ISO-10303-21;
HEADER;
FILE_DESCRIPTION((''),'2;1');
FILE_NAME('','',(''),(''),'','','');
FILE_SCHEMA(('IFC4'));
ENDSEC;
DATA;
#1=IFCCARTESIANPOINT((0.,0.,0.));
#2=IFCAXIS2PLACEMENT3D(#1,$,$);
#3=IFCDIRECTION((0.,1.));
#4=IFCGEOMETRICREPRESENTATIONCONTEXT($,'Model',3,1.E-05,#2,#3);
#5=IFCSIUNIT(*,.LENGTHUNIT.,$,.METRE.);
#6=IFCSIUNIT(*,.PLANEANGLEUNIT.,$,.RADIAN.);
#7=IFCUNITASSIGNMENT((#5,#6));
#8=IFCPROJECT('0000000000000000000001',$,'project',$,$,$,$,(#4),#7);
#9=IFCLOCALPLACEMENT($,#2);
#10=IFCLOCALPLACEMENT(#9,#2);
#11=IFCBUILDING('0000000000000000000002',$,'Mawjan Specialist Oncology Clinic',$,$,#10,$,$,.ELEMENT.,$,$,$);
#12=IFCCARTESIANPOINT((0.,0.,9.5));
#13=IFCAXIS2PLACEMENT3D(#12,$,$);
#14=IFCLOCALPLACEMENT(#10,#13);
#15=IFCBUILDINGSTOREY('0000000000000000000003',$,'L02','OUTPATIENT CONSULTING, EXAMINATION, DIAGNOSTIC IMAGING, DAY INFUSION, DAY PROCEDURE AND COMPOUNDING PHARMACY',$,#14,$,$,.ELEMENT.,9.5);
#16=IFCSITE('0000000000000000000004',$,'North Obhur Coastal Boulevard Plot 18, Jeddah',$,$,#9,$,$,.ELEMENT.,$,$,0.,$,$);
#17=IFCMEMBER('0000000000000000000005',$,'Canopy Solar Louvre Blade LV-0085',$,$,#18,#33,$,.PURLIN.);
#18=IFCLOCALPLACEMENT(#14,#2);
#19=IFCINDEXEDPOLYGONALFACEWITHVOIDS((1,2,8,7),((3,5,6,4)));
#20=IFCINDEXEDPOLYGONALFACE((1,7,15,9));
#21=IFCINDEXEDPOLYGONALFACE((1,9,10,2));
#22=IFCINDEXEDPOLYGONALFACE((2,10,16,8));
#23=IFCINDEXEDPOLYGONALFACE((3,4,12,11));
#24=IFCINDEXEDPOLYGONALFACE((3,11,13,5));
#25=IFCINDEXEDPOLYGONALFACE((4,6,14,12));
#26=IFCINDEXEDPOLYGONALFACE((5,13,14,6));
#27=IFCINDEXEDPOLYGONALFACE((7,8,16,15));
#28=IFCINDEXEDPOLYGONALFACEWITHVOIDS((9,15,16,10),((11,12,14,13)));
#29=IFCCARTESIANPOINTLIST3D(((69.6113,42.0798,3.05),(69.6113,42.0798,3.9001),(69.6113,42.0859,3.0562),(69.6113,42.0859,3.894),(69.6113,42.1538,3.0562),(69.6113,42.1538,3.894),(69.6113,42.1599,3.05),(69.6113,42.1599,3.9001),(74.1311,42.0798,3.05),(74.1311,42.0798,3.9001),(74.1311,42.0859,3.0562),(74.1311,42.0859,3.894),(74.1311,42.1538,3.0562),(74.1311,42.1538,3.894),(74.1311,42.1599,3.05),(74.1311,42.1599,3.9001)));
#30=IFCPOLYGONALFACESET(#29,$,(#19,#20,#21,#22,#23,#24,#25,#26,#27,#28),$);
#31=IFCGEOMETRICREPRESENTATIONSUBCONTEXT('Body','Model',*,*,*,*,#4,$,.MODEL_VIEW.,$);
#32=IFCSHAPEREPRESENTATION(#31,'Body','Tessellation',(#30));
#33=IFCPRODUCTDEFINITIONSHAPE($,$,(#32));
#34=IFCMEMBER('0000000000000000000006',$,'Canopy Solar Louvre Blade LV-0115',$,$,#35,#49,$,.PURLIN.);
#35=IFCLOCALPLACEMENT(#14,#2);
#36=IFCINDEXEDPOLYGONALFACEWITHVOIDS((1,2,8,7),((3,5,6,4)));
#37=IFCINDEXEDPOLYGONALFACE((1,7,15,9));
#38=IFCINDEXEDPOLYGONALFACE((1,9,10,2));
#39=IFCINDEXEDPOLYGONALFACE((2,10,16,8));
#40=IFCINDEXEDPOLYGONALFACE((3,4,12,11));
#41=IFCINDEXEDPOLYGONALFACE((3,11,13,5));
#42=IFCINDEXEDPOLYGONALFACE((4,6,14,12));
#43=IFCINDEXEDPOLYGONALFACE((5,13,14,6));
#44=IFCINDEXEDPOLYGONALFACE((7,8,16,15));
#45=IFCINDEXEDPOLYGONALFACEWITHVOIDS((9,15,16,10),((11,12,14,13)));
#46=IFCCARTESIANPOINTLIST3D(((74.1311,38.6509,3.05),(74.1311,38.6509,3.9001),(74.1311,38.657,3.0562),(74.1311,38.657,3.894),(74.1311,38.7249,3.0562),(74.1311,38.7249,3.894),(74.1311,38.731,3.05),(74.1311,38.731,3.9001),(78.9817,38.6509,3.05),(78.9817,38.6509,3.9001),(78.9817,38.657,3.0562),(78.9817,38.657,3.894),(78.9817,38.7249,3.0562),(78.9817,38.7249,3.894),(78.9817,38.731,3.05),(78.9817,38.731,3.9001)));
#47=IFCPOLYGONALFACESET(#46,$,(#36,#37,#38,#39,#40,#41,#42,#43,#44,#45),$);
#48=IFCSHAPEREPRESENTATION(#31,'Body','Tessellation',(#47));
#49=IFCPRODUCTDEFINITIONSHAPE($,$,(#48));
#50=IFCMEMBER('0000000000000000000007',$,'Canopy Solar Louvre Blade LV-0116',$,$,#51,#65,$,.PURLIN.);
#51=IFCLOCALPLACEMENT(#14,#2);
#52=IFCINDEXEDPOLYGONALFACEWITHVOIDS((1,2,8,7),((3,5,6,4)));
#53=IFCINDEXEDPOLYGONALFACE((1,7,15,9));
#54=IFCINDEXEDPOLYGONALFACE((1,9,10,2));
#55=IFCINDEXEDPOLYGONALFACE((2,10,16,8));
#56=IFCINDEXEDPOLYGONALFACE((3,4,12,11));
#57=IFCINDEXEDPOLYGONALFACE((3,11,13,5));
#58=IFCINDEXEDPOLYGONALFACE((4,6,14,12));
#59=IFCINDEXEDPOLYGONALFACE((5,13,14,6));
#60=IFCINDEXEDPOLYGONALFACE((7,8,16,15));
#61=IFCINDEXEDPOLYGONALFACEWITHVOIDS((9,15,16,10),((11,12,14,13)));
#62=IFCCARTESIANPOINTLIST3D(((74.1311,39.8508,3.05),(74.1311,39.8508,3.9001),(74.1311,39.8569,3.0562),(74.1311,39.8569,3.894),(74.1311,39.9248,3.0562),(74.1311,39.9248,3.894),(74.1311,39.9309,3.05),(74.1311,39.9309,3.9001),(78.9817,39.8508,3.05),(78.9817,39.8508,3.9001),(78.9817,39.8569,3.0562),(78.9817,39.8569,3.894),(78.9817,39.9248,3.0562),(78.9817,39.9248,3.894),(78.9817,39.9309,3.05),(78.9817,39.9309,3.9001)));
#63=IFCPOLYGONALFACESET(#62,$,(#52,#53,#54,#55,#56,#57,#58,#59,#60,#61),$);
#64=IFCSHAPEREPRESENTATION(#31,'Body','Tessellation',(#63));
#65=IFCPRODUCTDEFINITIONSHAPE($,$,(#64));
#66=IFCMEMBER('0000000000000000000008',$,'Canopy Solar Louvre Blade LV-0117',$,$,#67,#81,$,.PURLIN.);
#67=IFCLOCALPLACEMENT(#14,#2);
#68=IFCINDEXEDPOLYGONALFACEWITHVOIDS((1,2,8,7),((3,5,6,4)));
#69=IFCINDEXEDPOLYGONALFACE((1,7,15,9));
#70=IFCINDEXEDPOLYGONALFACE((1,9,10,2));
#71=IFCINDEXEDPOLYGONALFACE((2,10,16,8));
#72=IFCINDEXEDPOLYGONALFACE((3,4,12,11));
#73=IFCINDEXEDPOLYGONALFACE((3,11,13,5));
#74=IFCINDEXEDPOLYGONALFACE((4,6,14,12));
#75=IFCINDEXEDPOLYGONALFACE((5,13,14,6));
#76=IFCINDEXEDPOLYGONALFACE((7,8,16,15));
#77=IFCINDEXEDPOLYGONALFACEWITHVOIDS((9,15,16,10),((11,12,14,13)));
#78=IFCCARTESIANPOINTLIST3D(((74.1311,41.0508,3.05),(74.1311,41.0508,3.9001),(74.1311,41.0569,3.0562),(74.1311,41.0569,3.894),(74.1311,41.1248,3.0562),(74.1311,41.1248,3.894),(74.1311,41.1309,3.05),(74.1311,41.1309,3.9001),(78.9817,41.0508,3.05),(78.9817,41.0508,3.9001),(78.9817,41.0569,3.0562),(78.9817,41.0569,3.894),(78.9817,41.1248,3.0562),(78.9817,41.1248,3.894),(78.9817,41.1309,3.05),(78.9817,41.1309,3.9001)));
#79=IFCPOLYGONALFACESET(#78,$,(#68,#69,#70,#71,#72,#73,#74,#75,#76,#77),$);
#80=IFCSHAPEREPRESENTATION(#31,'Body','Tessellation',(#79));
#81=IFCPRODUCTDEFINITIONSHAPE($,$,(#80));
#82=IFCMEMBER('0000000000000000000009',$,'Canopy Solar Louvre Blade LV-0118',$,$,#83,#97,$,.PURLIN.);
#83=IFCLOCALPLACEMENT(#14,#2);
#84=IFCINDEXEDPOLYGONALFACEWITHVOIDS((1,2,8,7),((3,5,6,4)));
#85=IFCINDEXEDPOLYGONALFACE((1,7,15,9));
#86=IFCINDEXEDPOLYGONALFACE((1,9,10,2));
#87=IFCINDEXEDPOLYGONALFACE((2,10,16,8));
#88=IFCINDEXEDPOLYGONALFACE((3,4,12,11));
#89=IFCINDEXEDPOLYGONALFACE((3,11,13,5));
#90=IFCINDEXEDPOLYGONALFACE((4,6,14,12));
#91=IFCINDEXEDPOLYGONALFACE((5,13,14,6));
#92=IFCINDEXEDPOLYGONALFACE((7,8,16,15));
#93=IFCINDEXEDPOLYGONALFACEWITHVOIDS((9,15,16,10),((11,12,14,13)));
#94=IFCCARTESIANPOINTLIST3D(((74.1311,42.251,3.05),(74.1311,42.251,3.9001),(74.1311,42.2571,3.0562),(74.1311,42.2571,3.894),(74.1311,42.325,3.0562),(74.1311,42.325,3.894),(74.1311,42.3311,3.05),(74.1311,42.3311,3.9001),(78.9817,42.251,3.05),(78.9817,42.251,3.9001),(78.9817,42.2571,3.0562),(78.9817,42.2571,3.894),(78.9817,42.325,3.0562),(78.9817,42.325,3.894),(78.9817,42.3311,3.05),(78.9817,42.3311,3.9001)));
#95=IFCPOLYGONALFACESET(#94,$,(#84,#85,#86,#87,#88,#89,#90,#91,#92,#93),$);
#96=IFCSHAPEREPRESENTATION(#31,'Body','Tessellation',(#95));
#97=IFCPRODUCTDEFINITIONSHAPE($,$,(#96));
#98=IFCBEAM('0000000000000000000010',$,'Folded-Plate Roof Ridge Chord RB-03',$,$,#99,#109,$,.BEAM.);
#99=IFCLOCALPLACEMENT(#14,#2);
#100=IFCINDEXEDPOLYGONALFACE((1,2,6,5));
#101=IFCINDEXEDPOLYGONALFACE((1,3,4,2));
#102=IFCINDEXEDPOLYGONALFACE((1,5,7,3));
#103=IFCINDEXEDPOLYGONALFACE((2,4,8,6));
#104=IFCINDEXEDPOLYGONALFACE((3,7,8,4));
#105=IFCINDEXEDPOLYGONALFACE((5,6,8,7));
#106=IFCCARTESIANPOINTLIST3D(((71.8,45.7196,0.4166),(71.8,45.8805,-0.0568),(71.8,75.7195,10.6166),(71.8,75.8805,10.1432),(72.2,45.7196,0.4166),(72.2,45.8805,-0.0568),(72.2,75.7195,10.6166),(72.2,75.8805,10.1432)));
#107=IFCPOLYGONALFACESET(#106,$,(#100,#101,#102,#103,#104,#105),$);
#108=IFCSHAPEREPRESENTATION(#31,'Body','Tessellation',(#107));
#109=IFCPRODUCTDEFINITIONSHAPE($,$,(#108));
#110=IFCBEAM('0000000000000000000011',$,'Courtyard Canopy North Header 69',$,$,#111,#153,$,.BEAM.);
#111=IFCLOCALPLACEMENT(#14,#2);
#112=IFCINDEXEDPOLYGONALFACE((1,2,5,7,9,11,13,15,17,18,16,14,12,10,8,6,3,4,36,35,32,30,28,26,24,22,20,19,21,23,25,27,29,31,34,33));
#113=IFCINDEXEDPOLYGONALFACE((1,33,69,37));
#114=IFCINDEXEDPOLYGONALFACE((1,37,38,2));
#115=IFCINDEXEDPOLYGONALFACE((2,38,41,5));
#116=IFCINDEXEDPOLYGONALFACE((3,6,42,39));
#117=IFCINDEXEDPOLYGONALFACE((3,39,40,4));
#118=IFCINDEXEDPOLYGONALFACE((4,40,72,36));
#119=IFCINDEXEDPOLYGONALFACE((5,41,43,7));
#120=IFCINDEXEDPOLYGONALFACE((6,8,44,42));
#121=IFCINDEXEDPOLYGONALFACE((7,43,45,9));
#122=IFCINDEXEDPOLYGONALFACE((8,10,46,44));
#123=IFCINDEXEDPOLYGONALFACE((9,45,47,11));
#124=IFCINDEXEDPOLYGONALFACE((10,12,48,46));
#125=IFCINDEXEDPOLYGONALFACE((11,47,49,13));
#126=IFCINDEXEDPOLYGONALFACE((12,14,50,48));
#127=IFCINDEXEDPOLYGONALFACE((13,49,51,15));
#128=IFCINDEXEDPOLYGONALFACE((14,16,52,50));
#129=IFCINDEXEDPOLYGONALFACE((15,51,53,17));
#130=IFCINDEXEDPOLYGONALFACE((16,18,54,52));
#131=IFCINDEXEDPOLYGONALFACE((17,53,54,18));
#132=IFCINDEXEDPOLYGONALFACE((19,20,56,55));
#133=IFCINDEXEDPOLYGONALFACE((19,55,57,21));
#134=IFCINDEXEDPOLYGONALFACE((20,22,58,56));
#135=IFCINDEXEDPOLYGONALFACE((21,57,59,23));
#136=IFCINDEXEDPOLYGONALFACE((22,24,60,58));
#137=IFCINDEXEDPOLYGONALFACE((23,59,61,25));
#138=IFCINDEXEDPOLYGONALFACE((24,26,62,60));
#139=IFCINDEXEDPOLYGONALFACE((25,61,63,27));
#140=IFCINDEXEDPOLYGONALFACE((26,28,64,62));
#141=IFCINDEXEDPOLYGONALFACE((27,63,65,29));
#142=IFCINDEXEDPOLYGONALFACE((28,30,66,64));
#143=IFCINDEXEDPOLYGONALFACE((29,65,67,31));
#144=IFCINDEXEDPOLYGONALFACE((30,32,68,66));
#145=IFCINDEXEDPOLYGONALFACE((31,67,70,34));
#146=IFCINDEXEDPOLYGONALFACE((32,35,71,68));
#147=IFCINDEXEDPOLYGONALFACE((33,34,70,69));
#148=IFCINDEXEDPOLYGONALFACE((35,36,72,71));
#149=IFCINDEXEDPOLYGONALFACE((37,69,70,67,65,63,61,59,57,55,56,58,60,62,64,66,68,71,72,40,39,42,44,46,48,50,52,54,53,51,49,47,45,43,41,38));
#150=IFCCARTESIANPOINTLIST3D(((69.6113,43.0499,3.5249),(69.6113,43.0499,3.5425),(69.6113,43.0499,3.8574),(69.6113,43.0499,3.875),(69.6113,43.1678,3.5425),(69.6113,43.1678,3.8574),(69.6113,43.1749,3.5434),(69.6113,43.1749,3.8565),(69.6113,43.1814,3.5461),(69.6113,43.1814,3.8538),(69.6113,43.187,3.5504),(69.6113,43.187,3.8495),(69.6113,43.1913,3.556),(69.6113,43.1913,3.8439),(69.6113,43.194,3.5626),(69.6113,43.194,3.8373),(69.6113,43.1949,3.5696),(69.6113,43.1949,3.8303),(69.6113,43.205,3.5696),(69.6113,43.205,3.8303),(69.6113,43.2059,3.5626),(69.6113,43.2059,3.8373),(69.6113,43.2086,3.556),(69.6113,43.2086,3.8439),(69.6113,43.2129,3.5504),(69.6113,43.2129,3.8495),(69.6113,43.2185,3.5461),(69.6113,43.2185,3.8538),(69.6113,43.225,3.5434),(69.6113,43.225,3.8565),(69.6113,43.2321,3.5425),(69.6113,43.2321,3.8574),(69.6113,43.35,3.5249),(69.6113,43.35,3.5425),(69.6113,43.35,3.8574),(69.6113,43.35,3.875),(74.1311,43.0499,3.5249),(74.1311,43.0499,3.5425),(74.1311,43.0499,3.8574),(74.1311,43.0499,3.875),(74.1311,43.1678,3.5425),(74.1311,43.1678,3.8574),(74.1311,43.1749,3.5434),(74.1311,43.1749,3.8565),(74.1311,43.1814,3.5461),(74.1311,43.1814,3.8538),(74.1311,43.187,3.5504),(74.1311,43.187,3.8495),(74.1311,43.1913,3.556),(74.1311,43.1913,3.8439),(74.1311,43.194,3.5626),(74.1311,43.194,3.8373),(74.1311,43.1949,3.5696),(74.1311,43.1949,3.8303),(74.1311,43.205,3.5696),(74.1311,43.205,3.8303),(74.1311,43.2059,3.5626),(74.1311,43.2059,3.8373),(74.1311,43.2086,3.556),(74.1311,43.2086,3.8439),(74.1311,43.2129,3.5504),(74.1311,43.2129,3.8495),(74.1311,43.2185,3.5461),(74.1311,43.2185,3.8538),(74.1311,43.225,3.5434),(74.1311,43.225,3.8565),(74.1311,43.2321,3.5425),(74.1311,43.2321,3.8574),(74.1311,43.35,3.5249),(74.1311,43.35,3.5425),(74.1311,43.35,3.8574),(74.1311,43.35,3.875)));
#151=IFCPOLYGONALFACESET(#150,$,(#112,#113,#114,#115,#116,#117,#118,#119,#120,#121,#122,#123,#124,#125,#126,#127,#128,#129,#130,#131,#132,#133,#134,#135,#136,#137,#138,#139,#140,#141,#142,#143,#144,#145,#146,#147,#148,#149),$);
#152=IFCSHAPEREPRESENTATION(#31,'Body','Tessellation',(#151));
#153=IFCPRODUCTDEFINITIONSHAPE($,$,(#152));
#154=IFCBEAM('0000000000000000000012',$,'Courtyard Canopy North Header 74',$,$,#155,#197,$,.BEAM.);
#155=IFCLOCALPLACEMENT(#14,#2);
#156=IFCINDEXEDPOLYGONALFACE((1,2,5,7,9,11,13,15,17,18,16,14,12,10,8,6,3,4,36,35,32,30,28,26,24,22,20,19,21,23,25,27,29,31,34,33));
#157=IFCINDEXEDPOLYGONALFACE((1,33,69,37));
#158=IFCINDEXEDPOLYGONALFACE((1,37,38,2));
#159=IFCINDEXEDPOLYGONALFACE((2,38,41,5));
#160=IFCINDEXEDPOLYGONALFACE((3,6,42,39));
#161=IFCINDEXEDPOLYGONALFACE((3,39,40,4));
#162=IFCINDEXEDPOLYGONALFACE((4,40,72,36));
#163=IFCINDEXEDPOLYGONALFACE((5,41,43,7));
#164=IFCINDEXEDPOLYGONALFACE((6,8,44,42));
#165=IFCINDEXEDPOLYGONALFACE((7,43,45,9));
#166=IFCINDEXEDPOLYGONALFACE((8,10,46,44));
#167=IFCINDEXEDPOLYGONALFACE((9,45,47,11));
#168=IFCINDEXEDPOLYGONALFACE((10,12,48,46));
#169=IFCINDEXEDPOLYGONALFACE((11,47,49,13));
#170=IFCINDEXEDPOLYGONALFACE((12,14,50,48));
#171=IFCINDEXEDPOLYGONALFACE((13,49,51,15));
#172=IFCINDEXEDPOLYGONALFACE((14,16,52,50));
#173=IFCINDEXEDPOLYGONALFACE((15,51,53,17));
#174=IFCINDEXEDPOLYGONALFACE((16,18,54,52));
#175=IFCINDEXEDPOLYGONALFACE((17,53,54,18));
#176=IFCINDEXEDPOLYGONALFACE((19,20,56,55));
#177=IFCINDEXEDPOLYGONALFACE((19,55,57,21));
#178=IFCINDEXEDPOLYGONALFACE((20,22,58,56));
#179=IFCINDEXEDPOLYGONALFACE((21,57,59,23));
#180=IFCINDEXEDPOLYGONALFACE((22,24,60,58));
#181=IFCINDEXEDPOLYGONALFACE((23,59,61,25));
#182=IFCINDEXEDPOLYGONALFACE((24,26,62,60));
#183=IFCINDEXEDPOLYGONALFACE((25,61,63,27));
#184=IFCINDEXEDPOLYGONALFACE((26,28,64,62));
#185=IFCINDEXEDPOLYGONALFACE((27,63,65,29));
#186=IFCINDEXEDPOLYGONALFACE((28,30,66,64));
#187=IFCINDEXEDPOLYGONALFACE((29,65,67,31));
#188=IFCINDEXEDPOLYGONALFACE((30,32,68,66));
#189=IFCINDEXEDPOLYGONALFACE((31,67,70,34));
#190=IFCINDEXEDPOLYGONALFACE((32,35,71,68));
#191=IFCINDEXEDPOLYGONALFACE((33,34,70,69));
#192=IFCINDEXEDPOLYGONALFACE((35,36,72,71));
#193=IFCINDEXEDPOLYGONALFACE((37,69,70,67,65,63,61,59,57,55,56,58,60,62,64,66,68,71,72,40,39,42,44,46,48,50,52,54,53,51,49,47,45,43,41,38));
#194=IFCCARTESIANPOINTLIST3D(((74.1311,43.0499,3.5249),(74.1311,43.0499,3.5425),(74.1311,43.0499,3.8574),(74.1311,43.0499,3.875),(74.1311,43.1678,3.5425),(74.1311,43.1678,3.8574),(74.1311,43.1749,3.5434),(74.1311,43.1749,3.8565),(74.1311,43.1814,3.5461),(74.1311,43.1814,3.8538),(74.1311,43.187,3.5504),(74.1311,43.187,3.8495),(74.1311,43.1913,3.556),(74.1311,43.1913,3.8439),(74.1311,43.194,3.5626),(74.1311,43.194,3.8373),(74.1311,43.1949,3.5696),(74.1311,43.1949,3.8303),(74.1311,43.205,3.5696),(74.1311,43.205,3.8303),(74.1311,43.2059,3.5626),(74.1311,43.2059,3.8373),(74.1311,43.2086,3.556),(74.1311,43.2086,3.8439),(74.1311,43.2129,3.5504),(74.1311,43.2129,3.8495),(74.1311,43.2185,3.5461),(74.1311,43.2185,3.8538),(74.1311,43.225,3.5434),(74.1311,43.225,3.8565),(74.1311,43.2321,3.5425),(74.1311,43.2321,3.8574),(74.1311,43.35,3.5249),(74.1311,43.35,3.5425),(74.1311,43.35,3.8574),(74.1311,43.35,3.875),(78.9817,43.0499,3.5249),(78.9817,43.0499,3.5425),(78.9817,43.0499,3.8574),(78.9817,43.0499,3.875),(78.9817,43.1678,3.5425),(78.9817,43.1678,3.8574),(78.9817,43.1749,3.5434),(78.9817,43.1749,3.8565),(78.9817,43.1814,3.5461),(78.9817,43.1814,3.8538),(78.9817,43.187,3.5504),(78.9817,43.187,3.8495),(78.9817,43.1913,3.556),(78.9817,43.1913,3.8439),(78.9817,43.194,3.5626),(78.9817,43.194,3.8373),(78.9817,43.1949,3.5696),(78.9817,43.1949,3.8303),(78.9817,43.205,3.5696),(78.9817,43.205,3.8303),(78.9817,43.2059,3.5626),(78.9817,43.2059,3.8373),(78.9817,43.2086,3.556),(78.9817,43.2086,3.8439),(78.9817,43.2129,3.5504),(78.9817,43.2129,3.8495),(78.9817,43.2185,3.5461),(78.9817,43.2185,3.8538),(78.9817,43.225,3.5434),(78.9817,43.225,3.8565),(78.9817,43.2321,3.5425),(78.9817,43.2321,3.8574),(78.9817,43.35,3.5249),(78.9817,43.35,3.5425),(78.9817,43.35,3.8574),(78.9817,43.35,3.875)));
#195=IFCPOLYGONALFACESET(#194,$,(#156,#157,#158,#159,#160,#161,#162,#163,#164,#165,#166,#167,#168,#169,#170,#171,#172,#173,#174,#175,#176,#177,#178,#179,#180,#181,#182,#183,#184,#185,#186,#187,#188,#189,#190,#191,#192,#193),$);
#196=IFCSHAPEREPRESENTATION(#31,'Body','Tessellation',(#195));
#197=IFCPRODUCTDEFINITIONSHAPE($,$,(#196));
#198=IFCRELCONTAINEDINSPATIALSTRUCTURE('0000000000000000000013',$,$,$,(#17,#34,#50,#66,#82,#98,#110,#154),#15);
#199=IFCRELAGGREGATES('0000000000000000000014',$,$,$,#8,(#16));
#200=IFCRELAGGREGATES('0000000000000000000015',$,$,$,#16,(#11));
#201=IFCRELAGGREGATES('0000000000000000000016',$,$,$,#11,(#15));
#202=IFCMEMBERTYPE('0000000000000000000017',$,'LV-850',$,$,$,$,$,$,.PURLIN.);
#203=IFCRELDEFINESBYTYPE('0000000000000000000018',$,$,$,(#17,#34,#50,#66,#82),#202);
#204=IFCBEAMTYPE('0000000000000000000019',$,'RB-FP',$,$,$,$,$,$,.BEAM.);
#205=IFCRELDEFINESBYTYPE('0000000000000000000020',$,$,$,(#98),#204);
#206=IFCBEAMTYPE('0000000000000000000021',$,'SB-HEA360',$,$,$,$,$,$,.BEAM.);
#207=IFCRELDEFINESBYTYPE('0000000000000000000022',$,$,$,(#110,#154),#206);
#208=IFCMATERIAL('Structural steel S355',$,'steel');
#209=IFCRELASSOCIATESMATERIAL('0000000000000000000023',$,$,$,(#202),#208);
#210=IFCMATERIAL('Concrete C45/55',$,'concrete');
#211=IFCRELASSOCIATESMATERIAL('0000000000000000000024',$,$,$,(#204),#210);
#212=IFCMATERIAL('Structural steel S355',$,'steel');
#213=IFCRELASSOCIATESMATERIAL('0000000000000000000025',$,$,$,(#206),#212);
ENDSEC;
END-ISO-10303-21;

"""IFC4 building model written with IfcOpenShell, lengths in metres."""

from ifc_helpers import new_model, si_unit, direction, frame, origin, origin_2d, place, context, subcontext, project, spatial, rectangle, hollow_rectangle, i_section, extrude, material, material_profile, profile_set, type_object, element, save


model = new_model("IFC4")

# Units and contexts
model_context = context("Model", 3, precision=1e-05, world=origin(), true_north=direction((0.0, 1.0)))
body_context = subcontext(model_context, "Body", "Model", "MODEL_VIEW")
ifc_project = project(units=[si_unit("LENGTHUNIT", "METRE"), si_unit("PLANEANGLEUNIT", "RADIAN")], contexts=[model_context])

# Site, building, storey
site_placement = place(None, origin())
site = spatial("IfcSite", under=ifc_project, at=site_placement, Name="North Obhur Coastal Boulevard Plot 18, Jeddah", CompositionType="ELEMENT", RefElevation=0.0)
building_placement = place(site_placement, origin())
building = spatial("IfcBuilding", under=site, at=building_placement, Name="Mawjan Specialist Oncology Clinic", CompositionType="ELEMENT")
storey_placement = place(building_placement, frame((0.0, 0.0, 9.5)))
storey = spatial("IfcBuildingStorey", under=building, at=storey_placement, Name="L02", Description="OUTPATIENT CONSULTING, EXAMINATION, DIAGNOSTIC IMAGING, DAY INFUSION, DAY PROCEDURE AND COMPOUNDING PHARMACY", CompositionType="ELEMENT", Elevation=9.5)

# Members
ifc_material_1 = material(Name="Structural steel S355", Category="steel")
ifc_material_profile_1 = material_profile(ifc_material_1, hollow_rectangle(XDim=0.0801, YDim=0.8501, WallThickness=0.0061, at=origin_2d()), Name="LOUVRE 850x80x6", Category="steel")
ifc_profile_set_1 = profile_set([ifc_material_profile_1], Name="Structural steel S355")
member_type_1 = type_object("IfcMemberType", Name="LV-850", PredefinedType="PURLIN", material=ifc_profile_set_1)
for number, where, z_axis, x_axis, name in (
    (1, (69.6113, 42.1199, 3.4751), (1.0, 0.0, 0.0), (0.0, 1.0, 0.0), "Canopy Solar Louvre Blade LV-0085"),
):
    element("IfcMember", number, at=place(storey_placement, frame(where, z_axis=z_axis, x_axis=x_axis)), inside=storey, type_object=member_type_1, Name=name, PredefinedType="PURLIN", context=body_context, shape_type="SweptSolid", body=[
        extrude(hollow_rectangle(XDim=0.0801, YDim=0.8501, WallThickness=0.0061, at=origin_2d()), origin(), (0.0, 0.0, 1.0), 4.5198),
    ])
for number, where, z_axis, x_axis, name in (
    (2, (74.1311, 38.6909, 3.4751), (1.0, 0.0, 0.0), (0.0, 1.0, 0.0), "Canopy Solar Louvre Blade LV-0115"),
    (3, (74.1311, 39.8909, 3.4751), (1.0, 0.0, 0.0), (0.0, 1.0, 0.0), "Canopy Solar Louvre Blade LV-0116"),
    (4, (74.1311, 41.0908, 3.4751), (1.0, 0.0, 0.0), (0.0, 1.0, 0.0), "Canopy Solar Louvre Blade LV-0117"),
    (5, (74.1311, 42.291, 3.4751), (1.0, 0.0, 0.0), (0.0, 1.0, 0.0), "Canopy Solar Louvre Blade LV-0118"),
):
    element("IfcMember", number, at=place(storey_placement, frame(where, z_axis=z_axis, x_axis=x_axis)), inside=storey, type_object=member_type_1, Name=name, PredefinedType="PURLIN", context=body_context, shape_type="SweptSolid", body=[
        extrude(hollow_rectangle(XDim=0.0801, YDim=0.8501, WallThickness=0.0061, at=origin_2d()), origin(), (0.0, 0.0, 1.0), 4.8506),
    ])

# Beams
ifc_material_2 = material(Name="Concrete C45/55", Category="concrete")
ifc_material_profile_2 = material_profile(ifc_material_2, rectangle(XDim=0.3999, YDim=0.5, at=origin_2d()), Name="RC CHORD 400x500", Category="concrete")
ifc_profile_set_2 = profile_set([ifc_material_profile_2], Name="Concrete C45/55")
beam_type_1 = type_object("IfcBeamType", Name="RB-FP", PredefinedType="BEAM", material=ifc_profile_set_2)
beam_1_placement = place(storey_placement, frame((72.0, 45.8, 0.1799), z_axis=(0.0, 0.946773, 0.321901), x_axis=(-1.0, 0.0, 0.0)))
element("IfcBeam", 6, at=beam_1_placement, inside=storey, type_object=beam_type_1, Name="Folded-Plate Roof Ridge Chord RB-03", PredefinedType="BEAM", context=body_context, shape_type="SweptSolid", body=[
    extrude(rectangle(XDim=0.3999, YDim=0.5, at=origin_2d()), origin(), (0.0, 0.0, 1.0), 31.6865),
])
ifc_material_3 = material(Name="Structural steel S355", Category="steel")
ifc_material_profile_3 = material_profile(ifc_material_3, i_section(OverallWidth=0.3, OverallDepth=0.3501, WebThickness=0.01, FlangeThickness=0.0176, FilletRadius=0.0271, at=origin_2d()), Name="HEA 360", Category="steel")
ifc_profile_set_3 = profile_set([ifc_material_profile_3], Name="Structural steel S355")
beam_type_2 = type_object("IfcBeamType", Name="SB-HEA360", PredefinedType="BEAM", material=ifc_profile_set_3)
beam_2_placement = place(storey_placement, frame((69.6113, 43.2, 3.7), z_axis=(1.0, 0.0, 0.0), x_axis=(0.0, 1.0, 0.0)))
element("IfcBeam", 7, at=beam_2_placement, inside=storey, type_object=beam_type_2, Name="Courtyard Canopy North Header 69", PredefinedType="BEAM", context=body_context, shape_type="SweptSolid", body=[
    extrude(i_section(OverallWidth=0.3, OverallDepth=0.3501, WebThickness=0.01, FlangeThickness=0.0176, FilletRadius=0.0271, at=origin_2d()), origin(), (0.0, 0.0, 1.0), 4.5198),
])
beam_3_placement = place(storey_placement, frame((74.1311, 43.2, 3.7), z_axis=(1.0, 0.0, 0.0), x_axis=(0.0, 1.0, 0.0)))
element("IfcBeam", 8, at=beam_3_placement, inside=storey, type_object=beam_type_2, Name="Courtyard Canopy North Header 74", PredefinedType="BEAM", context=body_context, shape_type="SweptSolid", body=[
    extrude(i_section(OverallWidth=0.3, OverallDepth=0.3501, WebThickness=0.01, FlangeThickness=0.0176, FilletRadius=0.0271, at=origin_2d()), origin(), (0.0, 0.0, 1.0), 4.8506),
])

save(model, "model.ifc")
